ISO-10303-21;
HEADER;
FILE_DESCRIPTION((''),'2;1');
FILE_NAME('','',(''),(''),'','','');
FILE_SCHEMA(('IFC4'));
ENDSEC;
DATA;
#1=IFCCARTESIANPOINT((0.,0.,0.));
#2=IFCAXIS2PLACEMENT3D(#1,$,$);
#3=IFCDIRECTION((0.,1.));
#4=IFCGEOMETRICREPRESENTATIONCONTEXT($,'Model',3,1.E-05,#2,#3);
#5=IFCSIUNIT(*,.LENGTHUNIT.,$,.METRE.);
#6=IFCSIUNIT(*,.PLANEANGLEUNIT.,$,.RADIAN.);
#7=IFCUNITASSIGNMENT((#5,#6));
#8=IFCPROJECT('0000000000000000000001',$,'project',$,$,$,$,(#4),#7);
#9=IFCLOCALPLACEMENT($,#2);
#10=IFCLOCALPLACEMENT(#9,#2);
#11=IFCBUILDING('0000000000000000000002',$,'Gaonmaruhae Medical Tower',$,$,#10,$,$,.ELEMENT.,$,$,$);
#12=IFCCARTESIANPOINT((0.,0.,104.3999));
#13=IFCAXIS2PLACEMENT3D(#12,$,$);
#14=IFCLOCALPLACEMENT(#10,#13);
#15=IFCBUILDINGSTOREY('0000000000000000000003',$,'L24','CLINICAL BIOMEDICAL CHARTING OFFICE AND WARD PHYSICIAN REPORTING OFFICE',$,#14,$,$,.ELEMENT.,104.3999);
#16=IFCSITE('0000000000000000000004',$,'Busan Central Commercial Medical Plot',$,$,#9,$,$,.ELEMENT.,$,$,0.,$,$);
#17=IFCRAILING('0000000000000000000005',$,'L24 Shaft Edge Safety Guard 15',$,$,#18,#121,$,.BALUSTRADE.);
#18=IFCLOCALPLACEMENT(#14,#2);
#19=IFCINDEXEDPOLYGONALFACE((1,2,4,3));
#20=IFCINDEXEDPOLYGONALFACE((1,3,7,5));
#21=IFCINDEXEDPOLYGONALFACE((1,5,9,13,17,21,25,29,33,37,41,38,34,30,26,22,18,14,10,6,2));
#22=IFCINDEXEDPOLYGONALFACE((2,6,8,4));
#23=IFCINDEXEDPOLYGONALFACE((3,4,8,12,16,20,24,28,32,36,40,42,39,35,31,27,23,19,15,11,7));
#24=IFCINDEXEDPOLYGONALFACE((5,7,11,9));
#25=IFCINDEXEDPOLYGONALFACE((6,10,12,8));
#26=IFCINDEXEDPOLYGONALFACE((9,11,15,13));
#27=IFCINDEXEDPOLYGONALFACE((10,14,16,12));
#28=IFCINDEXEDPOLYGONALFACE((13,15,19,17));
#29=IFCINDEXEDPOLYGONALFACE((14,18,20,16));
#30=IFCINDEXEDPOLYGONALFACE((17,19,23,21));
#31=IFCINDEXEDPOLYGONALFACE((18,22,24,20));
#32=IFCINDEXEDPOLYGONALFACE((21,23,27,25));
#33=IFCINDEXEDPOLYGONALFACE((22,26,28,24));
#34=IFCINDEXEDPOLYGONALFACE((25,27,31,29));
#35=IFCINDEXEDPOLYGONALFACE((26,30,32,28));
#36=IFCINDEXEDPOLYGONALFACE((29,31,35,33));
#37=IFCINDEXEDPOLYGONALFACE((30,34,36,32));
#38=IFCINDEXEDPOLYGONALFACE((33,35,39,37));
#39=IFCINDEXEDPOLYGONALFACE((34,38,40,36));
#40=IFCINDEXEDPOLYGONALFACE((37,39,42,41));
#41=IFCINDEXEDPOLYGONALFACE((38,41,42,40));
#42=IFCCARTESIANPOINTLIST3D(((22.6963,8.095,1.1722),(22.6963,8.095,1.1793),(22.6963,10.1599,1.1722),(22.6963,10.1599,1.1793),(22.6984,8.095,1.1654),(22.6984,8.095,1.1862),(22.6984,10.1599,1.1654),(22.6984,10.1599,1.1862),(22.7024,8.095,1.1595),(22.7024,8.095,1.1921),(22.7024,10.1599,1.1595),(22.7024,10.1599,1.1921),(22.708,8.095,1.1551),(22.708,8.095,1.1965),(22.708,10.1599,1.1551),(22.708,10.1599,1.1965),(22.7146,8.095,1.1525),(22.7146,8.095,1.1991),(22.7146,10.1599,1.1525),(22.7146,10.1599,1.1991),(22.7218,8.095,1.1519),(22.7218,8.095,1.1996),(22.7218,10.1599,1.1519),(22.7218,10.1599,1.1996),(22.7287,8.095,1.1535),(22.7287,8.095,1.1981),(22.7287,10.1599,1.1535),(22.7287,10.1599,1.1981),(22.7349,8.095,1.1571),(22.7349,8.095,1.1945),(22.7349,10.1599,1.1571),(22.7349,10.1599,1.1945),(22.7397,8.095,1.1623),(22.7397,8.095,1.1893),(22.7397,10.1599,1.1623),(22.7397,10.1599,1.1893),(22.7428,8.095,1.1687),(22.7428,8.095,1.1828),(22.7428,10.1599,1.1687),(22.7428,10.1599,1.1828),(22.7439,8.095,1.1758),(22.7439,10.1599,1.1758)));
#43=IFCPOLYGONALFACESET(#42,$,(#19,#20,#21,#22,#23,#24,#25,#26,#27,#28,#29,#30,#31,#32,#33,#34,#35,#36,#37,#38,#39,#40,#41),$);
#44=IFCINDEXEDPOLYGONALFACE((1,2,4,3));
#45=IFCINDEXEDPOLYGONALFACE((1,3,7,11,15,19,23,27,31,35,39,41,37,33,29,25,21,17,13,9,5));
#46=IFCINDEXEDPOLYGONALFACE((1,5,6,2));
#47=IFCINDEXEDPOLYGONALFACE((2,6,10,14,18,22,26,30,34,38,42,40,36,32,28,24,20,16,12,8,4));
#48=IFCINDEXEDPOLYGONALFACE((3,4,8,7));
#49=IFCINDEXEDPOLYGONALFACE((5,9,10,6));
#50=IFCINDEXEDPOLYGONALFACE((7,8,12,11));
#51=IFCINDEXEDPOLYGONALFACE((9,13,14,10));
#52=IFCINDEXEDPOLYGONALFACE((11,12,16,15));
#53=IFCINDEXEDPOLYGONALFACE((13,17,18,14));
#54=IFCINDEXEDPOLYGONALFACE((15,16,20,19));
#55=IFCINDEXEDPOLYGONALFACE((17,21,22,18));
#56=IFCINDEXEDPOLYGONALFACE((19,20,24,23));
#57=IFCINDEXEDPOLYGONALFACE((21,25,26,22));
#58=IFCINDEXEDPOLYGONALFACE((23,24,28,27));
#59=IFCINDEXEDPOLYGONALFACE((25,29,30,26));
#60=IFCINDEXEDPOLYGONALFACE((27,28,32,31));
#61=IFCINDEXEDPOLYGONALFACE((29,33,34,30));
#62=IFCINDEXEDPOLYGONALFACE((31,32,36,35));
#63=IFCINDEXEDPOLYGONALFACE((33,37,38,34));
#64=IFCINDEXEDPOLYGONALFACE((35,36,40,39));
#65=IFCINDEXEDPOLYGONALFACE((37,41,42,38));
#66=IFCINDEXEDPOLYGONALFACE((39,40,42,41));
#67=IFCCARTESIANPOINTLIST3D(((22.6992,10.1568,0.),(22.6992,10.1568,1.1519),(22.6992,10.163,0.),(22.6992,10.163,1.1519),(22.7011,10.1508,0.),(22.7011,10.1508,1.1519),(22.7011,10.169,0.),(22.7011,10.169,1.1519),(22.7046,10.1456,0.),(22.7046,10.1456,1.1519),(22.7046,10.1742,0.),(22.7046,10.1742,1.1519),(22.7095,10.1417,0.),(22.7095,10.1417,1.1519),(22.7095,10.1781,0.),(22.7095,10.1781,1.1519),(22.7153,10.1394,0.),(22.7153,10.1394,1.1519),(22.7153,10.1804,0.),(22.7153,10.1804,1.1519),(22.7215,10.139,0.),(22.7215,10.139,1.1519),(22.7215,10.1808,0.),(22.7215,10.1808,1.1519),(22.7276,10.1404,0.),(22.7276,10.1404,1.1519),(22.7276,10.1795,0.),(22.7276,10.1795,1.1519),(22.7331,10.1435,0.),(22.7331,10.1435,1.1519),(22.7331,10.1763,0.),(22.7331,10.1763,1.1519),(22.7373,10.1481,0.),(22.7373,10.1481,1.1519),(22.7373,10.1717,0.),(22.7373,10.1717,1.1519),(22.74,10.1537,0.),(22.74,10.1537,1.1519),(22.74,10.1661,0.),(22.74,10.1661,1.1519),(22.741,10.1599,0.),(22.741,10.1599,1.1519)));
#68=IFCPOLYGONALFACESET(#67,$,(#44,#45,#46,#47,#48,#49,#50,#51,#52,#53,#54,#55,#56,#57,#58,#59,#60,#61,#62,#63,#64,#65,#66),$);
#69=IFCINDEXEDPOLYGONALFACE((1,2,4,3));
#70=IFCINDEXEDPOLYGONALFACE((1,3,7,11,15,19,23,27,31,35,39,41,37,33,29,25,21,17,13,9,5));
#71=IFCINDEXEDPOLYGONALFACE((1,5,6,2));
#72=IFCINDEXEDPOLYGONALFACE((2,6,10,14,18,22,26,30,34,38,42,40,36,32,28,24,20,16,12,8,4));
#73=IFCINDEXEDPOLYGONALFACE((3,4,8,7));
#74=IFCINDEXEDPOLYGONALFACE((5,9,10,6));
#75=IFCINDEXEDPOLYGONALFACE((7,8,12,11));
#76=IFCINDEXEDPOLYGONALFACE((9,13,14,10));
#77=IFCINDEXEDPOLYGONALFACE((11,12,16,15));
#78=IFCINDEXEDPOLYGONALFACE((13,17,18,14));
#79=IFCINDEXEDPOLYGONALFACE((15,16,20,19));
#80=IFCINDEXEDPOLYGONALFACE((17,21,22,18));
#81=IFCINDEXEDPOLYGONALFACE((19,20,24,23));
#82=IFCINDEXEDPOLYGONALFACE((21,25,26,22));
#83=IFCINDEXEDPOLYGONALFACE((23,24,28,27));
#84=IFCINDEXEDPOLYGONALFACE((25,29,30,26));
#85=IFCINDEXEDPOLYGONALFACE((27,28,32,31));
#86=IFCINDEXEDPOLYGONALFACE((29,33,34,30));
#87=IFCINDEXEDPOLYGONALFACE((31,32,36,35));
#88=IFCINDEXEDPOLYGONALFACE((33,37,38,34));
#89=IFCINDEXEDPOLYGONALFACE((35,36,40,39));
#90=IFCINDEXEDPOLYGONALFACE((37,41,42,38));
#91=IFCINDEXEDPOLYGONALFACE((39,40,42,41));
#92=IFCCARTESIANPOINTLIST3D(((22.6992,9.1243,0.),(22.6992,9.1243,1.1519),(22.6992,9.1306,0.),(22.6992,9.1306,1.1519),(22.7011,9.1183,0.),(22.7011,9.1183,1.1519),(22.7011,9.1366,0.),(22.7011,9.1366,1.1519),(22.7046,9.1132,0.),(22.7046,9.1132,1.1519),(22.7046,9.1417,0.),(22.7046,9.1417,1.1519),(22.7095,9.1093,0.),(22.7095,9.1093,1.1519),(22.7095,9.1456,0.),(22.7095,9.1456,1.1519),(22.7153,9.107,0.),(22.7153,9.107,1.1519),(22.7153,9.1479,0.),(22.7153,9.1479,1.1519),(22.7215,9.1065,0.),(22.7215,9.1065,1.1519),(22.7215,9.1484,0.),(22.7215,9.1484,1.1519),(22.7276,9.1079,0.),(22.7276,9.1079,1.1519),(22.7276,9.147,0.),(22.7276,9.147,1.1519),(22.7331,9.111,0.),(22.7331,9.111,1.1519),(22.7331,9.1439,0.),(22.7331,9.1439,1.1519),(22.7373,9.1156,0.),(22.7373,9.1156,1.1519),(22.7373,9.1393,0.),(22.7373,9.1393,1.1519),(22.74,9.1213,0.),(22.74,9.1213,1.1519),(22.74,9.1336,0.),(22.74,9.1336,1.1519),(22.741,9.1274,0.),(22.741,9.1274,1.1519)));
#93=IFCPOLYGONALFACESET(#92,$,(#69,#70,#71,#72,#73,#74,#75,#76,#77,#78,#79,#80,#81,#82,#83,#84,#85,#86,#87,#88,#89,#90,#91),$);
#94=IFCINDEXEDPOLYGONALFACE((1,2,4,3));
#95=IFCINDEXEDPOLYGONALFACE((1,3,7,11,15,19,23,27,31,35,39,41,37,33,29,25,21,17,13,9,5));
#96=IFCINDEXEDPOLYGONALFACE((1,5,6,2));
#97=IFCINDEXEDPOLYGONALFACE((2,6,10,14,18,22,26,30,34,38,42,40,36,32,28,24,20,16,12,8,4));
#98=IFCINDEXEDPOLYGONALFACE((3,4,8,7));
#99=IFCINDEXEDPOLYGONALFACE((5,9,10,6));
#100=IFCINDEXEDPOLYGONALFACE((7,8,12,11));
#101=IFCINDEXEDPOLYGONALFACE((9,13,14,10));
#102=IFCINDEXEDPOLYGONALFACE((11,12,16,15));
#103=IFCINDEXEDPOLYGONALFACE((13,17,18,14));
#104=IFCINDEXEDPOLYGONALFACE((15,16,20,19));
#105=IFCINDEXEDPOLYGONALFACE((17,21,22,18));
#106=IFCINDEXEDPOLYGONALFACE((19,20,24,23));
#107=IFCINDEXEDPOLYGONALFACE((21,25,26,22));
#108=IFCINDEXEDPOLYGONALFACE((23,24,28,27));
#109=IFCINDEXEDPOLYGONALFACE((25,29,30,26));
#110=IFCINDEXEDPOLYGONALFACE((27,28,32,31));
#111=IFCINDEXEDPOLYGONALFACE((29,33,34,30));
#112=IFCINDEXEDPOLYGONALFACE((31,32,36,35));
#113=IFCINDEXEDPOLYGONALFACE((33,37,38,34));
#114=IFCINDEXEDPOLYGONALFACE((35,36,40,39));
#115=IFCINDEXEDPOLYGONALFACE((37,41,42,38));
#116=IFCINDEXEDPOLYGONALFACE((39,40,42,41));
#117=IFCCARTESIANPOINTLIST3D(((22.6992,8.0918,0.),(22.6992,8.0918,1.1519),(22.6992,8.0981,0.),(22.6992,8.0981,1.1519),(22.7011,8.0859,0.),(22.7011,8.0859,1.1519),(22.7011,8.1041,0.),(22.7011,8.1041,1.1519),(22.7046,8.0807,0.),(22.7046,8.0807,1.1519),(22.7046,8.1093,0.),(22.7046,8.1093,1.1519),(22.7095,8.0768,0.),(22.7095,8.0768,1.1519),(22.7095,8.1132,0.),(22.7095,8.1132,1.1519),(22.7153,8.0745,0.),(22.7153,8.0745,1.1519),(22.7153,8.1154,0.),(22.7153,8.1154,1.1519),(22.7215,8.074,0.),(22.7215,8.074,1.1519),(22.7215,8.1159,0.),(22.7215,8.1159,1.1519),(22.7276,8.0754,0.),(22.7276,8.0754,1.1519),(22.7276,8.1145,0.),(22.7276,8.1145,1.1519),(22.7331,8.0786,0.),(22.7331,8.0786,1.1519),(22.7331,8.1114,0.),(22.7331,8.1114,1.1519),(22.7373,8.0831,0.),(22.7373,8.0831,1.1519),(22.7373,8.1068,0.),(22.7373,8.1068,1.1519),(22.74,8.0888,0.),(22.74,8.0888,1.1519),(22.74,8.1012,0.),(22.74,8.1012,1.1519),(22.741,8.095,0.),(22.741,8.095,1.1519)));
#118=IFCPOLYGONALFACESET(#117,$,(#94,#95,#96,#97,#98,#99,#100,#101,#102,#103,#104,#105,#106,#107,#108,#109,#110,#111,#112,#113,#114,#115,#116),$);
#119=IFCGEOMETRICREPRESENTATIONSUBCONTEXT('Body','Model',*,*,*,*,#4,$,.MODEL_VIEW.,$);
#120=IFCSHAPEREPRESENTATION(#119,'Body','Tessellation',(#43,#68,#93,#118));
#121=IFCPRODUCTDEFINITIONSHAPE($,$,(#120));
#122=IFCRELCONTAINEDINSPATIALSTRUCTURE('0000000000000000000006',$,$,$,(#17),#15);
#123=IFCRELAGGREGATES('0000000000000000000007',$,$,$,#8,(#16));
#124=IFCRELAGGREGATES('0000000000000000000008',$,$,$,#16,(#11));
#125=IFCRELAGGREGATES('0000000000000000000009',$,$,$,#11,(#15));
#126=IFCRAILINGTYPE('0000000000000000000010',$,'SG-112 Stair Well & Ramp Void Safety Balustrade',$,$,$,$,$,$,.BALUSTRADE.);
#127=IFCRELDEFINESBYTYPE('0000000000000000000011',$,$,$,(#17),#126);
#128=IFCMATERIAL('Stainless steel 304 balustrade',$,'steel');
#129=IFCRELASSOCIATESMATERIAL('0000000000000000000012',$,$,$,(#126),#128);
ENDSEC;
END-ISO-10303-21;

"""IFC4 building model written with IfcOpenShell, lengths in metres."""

from ifc_helpers import new_model, si_unit, direction, frame, origin, origin_2d, place, context, subcontext, project, spatial, circle, extrude, material, type_object, element, save


model = new_model("IFC4")

# Units and contexts
model_context = context("Model", 3, precision=1e-05, world=origin(), true_north=direction((0.0, 1.0)))
body_context = subcontext(model_context, "Body", "Model", "MODEL_VIEW")
ifc_project = project(units=[si_unit("LENGTHUNIT", "METRE"), si_unit("PLANEANGLEUNIT", "RADIAN")], contexts=[model_context])

# Site, building, storey
site_placement = place(None, origin())
site = spatial("IfcSite", under=ifc_project, at=site_placement, Name="Busan Central Commercial Medical Plot", CompositionType="ELEMENT", RefElevation=0.0)
building_placement = place(site_placement, origin())
building = spatial("IfcBuilding", under=site, at=building_placement, Name="Gaonmaruhae Medical Tower", CompositionType="ELEMENT")
storey_placement = place(building_placement, frame((0.0, 0.0, 104.3999)))
storey = spatial("IfcBuildingStorey", under=building, at=storey_placement, Name="L24", Description="CLINICAL BIOMEDICAL CHARTING OFFICE AND WARD PHYSICIAN REPORTING OFFICE", CompositionType="ELEMENT", Elevation=104.3999)

# Railing
ifc_material_1 = material(Name="Stainless steel 304 balustrade", Category="steel")
railing_type_1 = type_object("IfcRailingType", Name="SG-112 Stair Well & Ramp Void Safety Balustrade", PredefinedType="BALUSTRADE", material=ifc_material_1)
railing_1_placement = place(storey_placement, frame((22.72, 10.1599, 0.0)))
element("IfcRailing", 1, at=railing_1_placement, inside=storey, type_object=railing_type_1, Name="L24 Shaft Edge Safety Guard 15", PredefinedType="BALUSTRADE", context=body_context, shape_type="SweptSolid", body=[
    extrude(circle(Radius=0.0239, at=origin_2d()), frame((0.0, 0.0, 1.1758), z_axis=(0.0, -1.0, 0.0), x_axis=(1.0, 0.0, 0.0)), (0.0, 0.0, 1.0), 2.0649),
    extrude(circle(Radius=0.021, at=origin_2d()), origin(), (0.0, 0.0, 1.0), 1.1519),
    extrude(circle(Radius=0.021, at=origin_2d()), frame((0.0, -1.0325, 0.0)), (0.0, 0.0, 1.0), 1.1519),
    extrude(circle(Radius=0.021, at=origin_2d()), frame((0.0, -2.0649, 0.0)), (0.0, 0.0, 1.0), 1.1519),
])

save(model, "model.ifc")
